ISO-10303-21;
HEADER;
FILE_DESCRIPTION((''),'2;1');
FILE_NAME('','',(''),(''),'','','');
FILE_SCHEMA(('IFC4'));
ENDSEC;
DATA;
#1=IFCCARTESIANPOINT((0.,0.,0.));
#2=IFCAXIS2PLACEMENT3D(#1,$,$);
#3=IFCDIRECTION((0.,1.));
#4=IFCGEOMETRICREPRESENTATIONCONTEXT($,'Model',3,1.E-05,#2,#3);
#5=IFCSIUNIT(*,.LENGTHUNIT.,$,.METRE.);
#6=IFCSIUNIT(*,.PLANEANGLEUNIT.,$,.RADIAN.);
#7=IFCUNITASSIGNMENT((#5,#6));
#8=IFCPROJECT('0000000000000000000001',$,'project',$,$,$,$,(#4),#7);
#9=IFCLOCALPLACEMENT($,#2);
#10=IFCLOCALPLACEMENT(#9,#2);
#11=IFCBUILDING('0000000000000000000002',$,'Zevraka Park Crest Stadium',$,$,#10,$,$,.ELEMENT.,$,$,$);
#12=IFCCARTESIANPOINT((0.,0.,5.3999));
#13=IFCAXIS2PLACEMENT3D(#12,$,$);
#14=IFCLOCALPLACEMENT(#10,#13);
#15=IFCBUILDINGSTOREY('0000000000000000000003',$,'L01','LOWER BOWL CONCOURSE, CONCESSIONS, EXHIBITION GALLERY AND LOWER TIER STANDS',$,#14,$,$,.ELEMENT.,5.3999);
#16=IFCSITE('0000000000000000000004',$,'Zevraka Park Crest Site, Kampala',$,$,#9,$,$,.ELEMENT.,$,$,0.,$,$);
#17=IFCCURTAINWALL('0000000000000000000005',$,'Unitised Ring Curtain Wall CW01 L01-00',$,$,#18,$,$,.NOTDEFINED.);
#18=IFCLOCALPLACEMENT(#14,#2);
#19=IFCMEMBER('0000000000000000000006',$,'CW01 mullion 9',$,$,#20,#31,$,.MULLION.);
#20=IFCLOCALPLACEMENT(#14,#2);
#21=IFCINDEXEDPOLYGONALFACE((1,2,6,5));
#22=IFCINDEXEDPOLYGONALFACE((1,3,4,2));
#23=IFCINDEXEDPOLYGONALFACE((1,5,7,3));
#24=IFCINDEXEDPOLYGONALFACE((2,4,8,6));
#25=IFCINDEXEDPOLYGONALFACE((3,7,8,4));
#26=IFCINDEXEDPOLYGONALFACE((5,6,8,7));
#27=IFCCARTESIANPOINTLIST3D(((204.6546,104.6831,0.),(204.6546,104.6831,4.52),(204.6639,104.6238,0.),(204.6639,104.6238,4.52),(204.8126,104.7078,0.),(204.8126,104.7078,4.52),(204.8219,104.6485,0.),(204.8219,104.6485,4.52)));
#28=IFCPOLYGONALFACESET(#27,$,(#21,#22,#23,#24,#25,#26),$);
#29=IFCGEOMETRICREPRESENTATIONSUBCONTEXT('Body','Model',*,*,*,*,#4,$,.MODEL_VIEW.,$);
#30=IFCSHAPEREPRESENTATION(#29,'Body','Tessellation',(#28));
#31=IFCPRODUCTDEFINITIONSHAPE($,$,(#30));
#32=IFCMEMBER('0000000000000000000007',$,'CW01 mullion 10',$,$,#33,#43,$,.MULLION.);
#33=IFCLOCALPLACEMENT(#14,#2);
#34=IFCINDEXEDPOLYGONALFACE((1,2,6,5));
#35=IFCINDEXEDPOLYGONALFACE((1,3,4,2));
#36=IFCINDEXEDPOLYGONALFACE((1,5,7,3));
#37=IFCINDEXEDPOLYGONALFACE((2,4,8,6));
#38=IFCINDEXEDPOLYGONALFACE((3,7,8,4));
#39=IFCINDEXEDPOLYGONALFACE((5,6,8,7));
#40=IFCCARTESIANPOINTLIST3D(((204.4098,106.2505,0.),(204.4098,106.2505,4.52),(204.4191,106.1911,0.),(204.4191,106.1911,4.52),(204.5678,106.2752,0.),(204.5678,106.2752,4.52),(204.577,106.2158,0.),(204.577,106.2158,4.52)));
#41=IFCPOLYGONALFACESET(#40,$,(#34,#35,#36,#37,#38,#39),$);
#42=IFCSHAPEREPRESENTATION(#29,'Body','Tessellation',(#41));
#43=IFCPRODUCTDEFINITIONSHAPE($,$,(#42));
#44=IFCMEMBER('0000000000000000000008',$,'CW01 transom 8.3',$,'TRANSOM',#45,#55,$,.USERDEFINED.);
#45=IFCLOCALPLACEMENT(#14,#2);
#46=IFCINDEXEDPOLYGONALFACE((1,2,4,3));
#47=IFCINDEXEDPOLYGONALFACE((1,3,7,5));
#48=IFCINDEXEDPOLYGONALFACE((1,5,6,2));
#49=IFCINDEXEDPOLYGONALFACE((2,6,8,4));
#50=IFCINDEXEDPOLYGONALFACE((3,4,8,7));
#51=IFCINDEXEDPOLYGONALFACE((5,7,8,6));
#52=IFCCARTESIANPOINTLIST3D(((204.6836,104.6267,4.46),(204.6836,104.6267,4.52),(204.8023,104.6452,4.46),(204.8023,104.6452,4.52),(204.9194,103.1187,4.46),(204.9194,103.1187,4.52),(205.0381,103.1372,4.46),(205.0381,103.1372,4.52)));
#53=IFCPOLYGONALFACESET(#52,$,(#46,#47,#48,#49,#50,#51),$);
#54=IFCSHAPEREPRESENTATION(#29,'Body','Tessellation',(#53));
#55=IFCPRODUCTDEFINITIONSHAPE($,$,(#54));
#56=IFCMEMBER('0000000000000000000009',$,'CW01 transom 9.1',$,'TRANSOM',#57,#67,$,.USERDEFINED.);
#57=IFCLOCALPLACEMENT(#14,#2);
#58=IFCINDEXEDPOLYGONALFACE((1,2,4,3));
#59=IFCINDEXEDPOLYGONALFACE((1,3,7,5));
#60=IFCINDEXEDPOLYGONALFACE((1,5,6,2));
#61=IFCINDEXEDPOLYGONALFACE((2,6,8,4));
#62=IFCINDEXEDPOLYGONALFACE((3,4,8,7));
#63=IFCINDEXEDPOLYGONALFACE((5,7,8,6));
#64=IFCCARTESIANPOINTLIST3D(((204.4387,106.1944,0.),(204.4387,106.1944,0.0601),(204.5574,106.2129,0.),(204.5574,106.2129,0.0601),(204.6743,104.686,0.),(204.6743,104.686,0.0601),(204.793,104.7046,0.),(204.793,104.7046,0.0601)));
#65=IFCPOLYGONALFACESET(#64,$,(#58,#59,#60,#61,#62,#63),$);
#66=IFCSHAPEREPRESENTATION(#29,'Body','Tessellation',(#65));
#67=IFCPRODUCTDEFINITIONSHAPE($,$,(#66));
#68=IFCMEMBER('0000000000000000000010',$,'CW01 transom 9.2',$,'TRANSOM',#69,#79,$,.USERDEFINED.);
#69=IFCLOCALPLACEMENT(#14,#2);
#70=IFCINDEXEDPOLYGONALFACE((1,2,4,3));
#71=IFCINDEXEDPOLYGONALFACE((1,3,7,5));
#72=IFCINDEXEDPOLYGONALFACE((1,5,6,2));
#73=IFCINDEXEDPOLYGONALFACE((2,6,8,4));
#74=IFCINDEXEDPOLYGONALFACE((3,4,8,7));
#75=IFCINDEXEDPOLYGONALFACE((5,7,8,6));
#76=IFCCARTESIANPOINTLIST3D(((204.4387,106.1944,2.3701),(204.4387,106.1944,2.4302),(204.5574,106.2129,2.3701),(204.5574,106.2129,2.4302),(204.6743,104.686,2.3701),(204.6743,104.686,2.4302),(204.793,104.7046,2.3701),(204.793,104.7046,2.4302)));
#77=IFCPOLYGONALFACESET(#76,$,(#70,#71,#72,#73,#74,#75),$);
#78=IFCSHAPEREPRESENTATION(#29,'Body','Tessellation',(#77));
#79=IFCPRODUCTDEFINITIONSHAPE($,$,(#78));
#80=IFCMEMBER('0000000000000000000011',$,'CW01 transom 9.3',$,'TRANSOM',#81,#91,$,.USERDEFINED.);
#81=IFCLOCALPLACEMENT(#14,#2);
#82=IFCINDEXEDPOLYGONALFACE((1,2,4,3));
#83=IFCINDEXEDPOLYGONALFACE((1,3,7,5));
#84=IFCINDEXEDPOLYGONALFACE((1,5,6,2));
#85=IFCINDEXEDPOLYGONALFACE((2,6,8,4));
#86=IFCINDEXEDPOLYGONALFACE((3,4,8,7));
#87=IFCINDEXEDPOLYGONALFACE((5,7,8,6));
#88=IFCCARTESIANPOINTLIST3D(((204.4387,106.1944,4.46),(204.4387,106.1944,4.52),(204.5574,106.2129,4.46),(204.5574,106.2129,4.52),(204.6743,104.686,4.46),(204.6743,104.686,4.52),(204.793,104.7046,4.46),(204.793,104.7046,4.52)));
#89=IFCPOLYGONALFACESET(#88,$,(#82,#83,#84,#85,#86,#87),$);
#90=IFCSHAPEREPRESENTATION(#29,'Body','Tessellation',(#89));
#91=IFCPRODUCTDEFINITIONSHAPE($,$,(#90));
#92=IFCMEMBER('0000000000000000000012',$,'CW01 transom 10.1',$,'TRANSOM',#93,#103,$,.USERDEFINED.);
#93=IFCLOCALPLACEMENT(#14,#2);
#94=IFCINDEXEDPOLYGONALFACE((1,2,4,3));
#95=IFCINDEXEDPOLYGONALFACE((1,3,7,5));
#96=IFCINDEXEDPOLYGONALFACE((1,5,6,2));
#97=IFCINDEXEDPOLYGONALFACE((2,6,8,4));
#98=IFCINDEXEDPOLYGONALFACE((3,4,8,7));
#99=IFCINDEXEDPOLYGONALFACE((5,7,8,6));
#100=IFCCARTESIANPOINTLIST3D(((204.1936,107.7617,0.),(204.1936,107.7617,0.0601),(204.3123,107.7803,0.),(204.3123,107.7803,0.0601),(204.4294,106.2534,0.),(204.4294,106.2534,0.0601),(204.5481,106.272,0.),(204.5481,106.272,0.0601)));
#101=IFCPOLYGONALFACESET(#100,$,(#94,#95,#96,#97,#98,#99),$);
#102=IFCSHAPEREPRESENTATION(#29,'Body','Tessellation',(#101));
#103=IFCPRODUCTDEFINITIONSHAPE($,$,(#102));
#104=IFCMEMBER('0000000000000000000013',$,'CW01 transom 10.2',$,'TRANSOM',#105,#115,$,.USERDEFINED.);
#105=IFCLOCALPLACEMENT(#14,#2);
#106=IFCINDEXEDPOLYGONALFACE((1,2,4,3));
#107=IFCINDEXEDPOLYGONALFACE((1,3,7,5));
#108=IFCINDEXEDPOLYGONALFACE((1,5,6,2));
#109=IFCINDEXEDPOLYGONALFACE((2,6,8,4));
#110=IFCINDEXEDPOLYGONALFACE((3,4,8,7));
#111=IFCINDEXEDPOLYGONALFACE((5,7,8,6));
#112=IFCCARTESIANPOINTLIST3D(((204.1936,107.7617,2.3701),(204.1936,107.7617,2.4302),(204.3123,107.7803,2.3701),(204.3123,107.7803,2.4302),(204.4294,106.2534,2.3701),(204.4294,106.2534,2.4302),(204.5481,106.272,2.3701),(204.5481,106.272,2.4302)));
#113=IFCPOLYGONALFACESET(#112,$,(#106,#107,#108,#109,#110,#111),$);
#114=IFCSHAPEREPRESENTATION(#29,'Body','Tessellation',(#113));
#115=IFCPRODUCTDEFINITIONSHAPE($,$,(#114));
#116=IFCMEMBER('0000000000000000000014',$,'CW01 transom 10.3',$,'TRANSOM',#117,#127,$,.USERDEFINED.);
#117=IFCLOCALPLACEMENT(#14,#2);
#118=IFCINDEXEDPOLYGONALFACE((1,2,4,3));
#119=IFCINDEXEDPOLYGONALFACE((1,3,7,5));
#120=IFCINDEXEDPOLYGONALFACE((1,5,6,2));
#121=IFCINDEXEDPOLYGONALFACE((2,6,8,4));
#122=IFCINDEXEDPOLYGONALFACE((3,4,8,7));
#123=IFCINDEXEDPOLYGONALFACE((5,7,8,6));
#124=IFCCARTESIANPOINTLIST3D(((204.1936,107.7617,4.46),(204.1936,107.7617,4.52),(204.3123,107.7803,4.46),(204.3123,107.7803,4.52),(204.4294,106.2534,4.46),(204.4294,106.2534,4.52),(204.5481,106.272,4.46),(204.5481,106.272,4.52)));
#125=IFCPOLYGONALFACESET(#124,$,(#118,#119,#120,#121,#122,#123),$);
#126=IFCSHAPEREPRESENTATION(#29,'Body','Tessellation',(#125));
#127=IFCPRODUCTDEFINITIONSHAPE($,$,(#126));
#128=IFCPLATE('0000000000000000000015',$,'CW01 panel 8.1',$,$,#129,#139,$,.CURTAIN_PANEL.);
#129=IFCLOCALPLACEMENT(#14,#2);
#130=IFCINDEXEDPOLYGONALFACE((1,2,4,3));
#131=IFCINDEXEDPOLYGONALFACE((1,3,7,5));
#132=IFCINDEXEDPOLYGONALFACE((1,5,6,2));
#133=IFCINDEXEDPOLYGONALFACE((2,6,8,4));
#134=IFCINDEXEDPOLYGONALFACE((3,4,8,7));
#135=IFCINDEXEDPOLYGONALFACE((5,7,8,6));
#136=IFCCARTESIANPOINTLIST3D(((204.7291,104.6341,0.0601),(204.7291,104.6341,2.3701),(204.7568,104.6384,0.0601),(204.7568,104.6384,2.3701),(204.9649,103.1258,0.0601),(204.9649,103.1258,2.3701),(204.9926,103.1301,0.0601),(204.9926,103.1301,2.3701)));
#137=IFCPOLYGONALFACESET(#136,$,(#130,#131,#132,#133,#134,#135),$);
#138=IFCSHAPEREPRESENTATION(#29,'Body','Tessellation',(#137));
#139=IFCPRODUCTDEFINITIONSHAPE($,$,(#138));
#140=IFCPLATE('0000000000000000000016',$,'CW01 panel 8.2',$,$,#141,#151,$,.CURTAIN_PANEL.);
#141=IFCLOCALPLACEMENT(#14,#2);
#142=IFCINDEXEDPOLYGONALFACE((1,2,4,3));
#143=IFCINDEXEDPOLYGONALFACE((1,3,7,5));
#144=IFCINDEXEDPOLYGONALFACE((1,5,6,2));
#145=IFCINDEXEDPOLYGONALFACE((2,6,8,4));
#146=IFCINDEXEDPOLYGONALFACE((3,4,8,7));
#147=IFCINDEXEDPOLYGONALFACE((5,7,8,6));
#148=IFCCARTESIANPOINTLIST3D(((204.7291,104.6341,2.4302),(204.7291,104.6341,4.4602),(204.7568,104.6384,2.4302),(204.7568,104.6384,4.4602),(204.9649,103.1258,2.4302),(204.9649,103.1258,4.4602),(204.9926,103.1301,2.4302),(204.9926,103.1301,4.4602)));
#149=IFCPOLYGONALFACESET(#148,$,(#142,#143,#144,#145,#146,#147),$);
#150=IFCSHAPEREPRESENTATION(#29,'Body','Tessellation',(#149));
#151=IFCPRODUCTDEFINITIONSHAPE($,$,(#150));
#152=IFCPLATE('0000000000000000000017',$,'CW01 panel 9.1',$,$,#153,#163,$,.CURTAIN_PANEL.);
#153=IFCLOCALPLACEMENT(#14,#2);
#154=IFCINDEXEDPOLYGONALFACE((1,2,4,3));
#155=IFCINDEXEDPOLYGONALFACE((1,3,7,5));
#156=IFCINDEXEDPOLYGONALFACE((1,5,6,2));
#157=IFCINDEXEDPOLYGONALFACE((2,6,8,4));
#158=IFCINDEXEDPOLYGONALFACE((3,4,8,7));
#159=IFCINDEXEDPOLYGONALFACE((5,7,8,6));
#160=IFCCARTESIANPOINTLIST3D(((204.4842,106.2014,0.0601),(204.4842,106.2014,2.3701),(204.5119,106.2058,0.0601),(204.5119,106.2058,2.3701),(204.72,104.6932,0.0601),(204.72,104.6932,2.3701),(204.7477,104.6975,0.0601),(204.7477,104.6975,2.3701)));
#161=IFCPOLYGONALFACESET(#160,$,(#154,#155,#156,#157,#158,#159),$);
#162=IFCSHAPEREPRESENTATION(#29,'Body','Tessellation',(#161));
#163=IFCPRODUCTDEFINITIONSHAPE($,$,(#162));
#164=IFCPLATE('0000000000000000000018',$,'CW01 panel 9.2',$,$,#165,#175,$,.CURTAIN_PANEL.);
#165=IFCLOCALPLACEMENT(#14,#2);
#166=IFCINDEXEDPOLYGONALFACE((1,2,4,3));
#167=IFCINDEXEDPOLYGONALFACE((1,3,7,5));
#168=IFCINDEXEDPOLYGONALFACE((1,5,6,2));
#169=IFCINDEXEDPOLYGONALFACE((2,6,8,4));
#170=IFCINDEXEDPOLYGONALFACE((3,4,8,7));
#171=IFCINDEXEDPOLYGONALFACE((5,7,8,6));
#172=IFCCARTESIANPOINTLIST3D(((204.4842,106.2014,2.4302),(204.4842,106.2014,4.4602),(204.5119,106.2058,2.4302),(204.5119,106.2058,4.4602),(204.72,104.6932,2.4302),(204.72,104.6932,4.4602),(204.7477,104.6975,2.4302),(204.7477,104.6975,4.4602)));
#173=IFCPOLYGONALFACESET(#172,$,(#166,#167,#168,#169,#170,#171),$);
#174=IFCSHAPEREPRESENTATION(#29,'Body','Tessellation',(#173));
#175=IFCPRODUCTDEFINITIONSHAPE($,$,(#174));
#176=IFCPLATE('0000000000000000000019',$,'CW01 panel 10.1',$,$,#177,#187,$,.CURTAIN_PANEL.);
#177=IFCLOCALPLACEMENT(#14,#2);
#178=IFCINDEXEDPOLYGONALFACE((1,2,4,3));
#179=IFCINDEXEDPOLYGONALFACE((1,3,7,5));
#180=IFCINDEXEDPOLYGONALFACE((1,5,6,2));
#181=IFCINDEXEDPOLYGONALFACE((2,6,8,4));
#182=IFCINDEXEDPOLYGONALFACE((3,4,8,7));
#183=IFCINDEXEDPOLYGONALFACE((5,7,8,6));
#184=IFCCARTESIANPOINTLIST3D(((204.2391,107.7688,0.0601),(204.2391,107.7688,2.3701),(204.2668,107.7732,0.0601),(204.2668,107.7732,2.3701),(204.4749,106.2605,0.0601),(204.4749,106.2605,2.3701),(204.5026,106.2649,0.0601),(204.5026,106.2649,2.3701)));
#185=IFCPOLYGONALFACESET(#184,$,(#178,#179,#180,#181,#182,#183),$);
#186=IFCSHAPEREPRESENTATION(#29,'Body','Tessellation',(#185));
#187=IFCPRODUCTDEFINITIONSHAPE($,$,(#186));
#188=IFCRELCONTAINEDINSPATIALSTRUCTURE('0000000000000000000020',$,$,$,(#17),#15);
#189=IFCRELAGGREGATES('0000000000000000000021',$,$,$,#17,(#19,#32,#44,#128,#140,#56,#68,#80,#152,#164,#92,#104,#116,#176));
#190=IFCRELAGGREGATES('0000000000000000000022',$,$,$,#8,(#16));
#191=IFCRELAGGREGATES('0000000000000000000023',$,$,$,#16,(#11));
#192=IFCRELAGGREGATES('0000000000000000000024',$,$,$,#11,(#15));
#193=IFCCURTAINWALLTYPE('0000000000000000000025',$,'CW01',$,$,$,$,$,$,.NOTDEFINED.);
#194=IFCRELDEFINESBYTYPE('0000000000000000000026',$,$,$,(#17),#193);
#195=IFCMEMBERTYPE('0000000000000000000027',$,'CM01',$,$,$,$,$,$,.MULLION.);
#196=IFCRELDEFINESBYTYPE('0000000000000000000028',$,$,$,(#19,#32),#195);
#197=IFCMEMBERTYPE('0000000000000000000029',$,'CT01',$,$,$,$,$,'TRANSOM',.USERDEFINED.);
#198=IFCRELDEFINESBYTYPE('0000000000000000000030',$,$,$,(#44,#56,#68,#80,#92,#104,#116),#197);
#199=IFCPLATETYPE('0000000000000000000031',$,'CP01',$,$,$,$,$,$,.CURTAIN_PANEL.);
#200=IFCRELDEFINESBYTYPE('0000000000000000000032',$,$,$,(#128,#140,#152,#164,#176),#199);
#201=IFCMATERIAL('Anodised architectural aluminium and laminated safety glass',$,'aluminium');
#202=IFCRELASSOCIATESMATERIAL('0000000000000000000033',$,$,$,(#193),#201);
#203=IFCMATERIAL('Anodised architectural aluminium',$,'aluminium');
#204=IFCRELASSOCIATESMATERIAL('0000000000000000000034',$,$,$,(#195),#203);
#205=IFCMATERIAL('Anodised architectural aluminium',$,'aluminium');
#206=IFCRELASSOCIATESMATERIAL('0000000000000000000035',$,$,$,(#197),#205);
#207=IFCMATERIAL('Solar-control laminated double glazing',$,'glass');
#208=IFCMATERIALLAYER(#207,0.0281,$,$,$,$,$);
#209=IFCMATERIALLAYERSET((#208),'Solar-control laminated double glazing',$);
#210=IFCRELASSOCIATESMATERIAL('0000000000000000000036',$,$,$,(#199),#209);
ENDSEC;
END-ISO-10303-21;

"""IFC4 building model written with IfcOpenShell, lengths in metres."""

from ifc_helpers import new_model, si_unit, direction, frame, origin, origin_2d, place, context, subcontext, project, spatial, rectangle, extrude, material, layer, layer_set, material_profile, profile_set, type_object, element, aggregate, save


model = new_model("IFC4")

# Units and contexts
model_context = context("Model", 3, precision=1e-05, world=origin(), true_north=direction((0.0, 1.0)))
body_context = subcontext(model_context, "Body", "Model", "MODEL_VIEW")
ifc_project = project(units=[si_unit("LENGTHUNIT", "METRE"), si_unit("PLANEANGLEUNIT", "RADIAN")], contexts=[model_context])

# Site, building, storey
site_placement = place(None, origin())
site = spatial("IfcSite", under=ifc_project, at=site_placement, Name="Zevraka Park Crest Site, Kampala", CompositionType="ELEMENT", RefElevation=0.0)
building_placement = place(site_placement, origin())
building = spatial("IfcBuilding", under=site, at=building_placement, Name="Zevraka Park Crest Stadium", CompositionType="ELEMENT")
storey_placement = place(building_placement, frame((0.0, 0.0, 5.3999)))
storey = spatial("IfcBuildingStorey", under=building, at=storey_placement, Name="L01", Description="LOWER BOWL CONCOURSE, CONCESSIONS, EXHIBITION GALLERY AND LOWER TIER STANDS", CompositionType="ELEMENT", Elevation=5.3999)

# Curtain wall, members, plates
ifc_material_1 = material(Name="Anodised architectural aluminium and laminated safety glass", Category="aluminium")
curtain_wall_type = type_object("IfcCurtainWallType", Name="CW01", PredefinedType="NOTDEFINED", material=ifc_material_1)
curtain_wall_placement = place(storey_placement, origin())
curtain_wall = element("IfcCurtainWall", 1, at=curtain_wall_placement, inside=storey, type_object=curtain_wall_type, Name="Unitised Ring Curtain Wall CW01 L01-00", PredefinedType="NOTDEFINED")
ifc_material_2 = material(Name="Anodised architectural aluminium", Category="aluminium")
ifc_material_profile_1 = material_profile(ifc_material_2, rectangle(XDim=0.1599, YDim=0.0601, at=origin_2d()), Name="ALU MULLION 160x60")
ifc_profile_set_1 = profile_set([ifc_material_profile_1], Name="Anodised architectural aluminium")
member_type_1 = type_object("IfcMemberType", Name="CM01", PredefinedType="MULLION", material=ifc_profile_set_1)
member_1_placement = place(storey_placement, frame((204.7383, 104.6658, 0.0), z_axis=(0.0, 0.0, 1.0), x_axis=(-0.987997, -0.154476, 0.0)))
member_1 = element("IfcMember", 2, at=member_1_placement, type_object=member_type_1, Name="CW01 mullion 9", PredefinedType="MULLION", context=body_context, shape_type="SweptSolid", body=[
    extrude(rectangle(XDim=0.1599, YDim=0.0601, at=origin_2d()), origin(), (0.0, 0.0, 1.0), 4.52),
])
member_2_placement = place(storey_placement, frame((204.4934, 106.2332, 0.0), z_axis=(0.0, 0.0, 1.0), x_axis=(-0.987997, -0.154476, 0.0)))
member_2 = element("IfcMember", 3, at=member_2_placement, type_object=member_type_1, Name="CW01 mullion 10", PredefinedType="MULLION", context=body_context, shape_type="SweptSolid", body=[
    extrude(rectangle(XDim=0.1599, YDim=0.0601, at=origin_2d()), origin(), (0.0, 0.0, 1.0), 4.52),
])
ifc_material_3 = material(Name="Anodised architectural aluminium", Category="aluminium")
ifc_material_profile_2 = material_profile(ifc_material_3, rectangle(XDim=0.1201, YDim=0.0601, at=origin_2d()), Name="ALU TRANSOM 120x60")
ifc_profile_set_2 = profile_set([ifc_material_profile_2], Name="Anodised architectural aluminium")
member_type_2 = type_object("IfcMemberType", Name="CT01", ElementType="TRANSOM", PredefinedType="USERDEFINED", material=ifc_profile_set_2)
member_3_placement = place(storey_placement, frame((204.9788, 103.1279, 4.49), z_axis=(-0.154509, 0.987991, 0.0), x_axis=(-0.987991, -0.154509, 0.0)))
member_3 = element("IfcMember", 4, at=member_3_placement, type_object=member_type_2, Name="CW01 transom 8.3", ObjectType="TRANSOM", PredefinedType="USERDEFINED", context=body_context, shape_type="SweptSolid", body=[
    extrude(rectangle(XDim=0.1201, YDim=0.0601, at=origin_2d()), origin(), (0.0, 0.0, 1.0), 1.5264),
])
member_4_placement = place(storey_placement, frame((204.7336, 104.6953, 0.03), z_axis=(-0.154328, 0.98802, 0.0), x_axis=(-0.98802, -0.154328, 0.0)))
member_4 = element("IfcMember", 5, at=member_4_placement, type_object=member_type_2, Name="CW01 transom 9.1", ObjectType="TRANSOM", PredefinedType="USERDEFINED", context=body_context, shape_type="SweptSolid", body=[
    extrude(rectangle(XDim=0.1201, YDim=0.0601, at=origin_2d()), origin(), (0.0, 0.0, 1.0), 1.5266),
])
member_5_placement = place(storey_placement, frame((204.7336, 104.6953, 2.4001), z_axis=(-0.154328, 0.98802, 0.0), x_axis=(-0.98802, -0.154328, 0.0)))
member_5 = element("IfcMember", 6, at=member_5_placement, type_object=member_type_2, Name="CW01 transom 9.2", ObjectType="TRANSOM", PredefinedType="USERDEFINED", context=body_context, shape_type="SweptSolid", body=[
    extrude(rectangle(XDim=0.1201, YDim=0.0601, at=origin_2d()), origin(), (0.0, 0.0, 1.0), 1.5266),
])
member_6_placement = place(storey_placement, frame((204.7336, 104.6953, 4.49), z_axis=(-0.154328, 0.98802, 0.0), x_axis=(-0.98802, -0.154328, 0.0)))
member_6 = element("IfcMember", 7, at=member_6_placement, type_object=member_type_2, Name="CW01 transom 9.3", ObjectType="TRANSOM", PredefinedType="USERDEFINED", context=body_context, shape_type="SweptSolid", body=[
    extrude(rectangle(XDim=0.1201, YDim=0.0601, at=origin_2d()), origin(), (0.0, 0.0, 1.0), 1.5266),
])
member_7_placement = place(storey_placement, frame((204.4888, 106.2627, 0.03), z_axis=(-0.154484, 0.987995, 0.0), x_axis=(-0.987995, -0.154484, 0.0)))
member_7 = element("IfcMember", 8, at=member_7_placement, type_object=member_type_2, Name="CW01 transom 10.1", ObjectType="TRANSOM", PredefinedType="USERDEFINED", context=body_context, shape_type="SweptSolid", body=[
    extrude(rectangle(XDim=0.1201, YDim=0.0601, at=origin_2d()), origin(), (0.0, 0.0, 1.0), 1.5266),
])
member_8_placement = place(storey_placement, frame((204.4888, 106.2627, 2.4001), z_axis=(-0.154484, 0.987995, 0.0), x_axis=(-0.987995, -0.154484, 0.0)))
member_8 = element("IfcMember", 9, at=member_8_placement, type_object=member_type_2, Name="CW01 transom 10.2", ObjectType="TRANSOM", PredefinedType="USERDEFINED", context=body_context, shape_type="SweptSolid", body=[
    extrude(rectangle(XDim=0.1201, YDim=0.0601, at=origin_2d()), origin(), (0.0, 0.0, 1.0), 1.5266),
])
member_9_placement = place(storey_placement, frame((204.4888, 106.2627, 4.49), z_axis=(-0.154484, 0.987995, 0.0), x_axis=(-0.987995, -0.154484, 0.0)))
member_9 = element("IfcMember", 10, at=member_9_placement, type_object=member_type_2, Name="CW01 transom 10.3", ObjectType="TRANSOM", PredefinedType="USERDEFINED", context=body_context, shape_type="SweptSolid", body=[
    extrude(rectangle(XDim=0.1201, YDim=0.0601, at=origin_2d()), origin(), (0.0, 0.0, 1.0), 1.5266),
])
ifc_material_4 = material(Name="Solar-control laminated double glazing", Category="glass")
ifc_layer_1 = layer(ifc_material_4, 0.0281)
ifc_layer_set_1 = layer_set([ifc_layer_1], Name="Solar-control laminated double glazing")
plate_type = type_object("IfcPlateType", Name="CP01", PredefinedType="CURTAIN_PANEL", material=ifc_layer_set_1)
plate_1_placement = place(storey_placement, frame((204.8608, 103.8821, 0.0601), z_axis=(0.0, 0.0, 1.0), x_axis=(-0.154476, 0.987997, 0.0)))
plate_1 = element("IfcPlate", 11, at=plate_1_placement, type_object=plate_type, Name="CW01 panel 8.1", PredefinedType="CURTAIN_PANEL", context=body_context, shape_type="SweptSolid", body=[
    extrude(rectangle(XDim=1.5266, YDim=0.0281, at=origin_2d()), origin(), (0.0, 0.0, 1.0), 2.3101),
])
plate_2_placement = place(storey_placement, frame((204.8608, 103.8821, 2.4302), z_axis=(0.0, 0.0, 1.0), x_axis=(-0.154476, 0.987997, 0.0)))
plate_2 = element("IfcPlate", 12, at=plate_2_placement, type_object=plate_type, Name="CW01 panel 8.2", PredefinedType="CURTAIN_PANEL", context=body_context, shape_type="SweptSolid", body=[
    extrude(rectangle(XDim=1.5266, YDim=0.0281, at=origin_2d()), origin(), (0.0, 0.0, 1.0), 2.03),
])
plate_3_placement = place(storey_placement, frame((204.616, 105.4495, 0.0601), z_axis=(0.0, 0.0, 1.0), x_axis=(-0.154476, 0.987997, 0.0)))
plate_3 = element("IfcPlate", 13, at=plate_3_placement, type_object=plate_type, Name="CW01 panel 9.1", PredefinedType="CURTAIN_PANEL", context=body_context, shape_type="SweptSolid", body=[
    extrude(rectangle(XDim=1.5266, YDim=0.0281, at=origin_2d()), origin(), (0.0, 0.0, 1.0), 2.3101),
])
plate_4_placement = place(storey_placement, frame((204.616, 105.4495, 2.4302), z_axis=(0.0, 0.0, 1.0), x_axis=(-0.154476, 0.987997, 0.0)))
plate_4 = element("IfcPlate", 14, at=plate_4_placement, type_object=plate_type, Name="CW01 panel 9.2", PredefinedType="CURTAIN_PANEL", context=body_context, shape_type="SweptSolid", body=[
    extrude(rectangle(XDim=1.5266, YDim=0.0281, at=origin_2d()), origin(), (0.0, 0.0, 1.0), 2.03),
])
plate_5_placement = place(storey_placement, frame((204.3708, 107.0168, 0.0601), z_axis=(0.0, 0.0, 1.0), x_axis=(-0.154476, 0.987997, 0.0)))
plate_5 = element("IfcPlate", 15, at=plate_5_placement, type_object=plate_type, Name="CW01 panel 10.1", PredefinedType="CURTAIN_PANEL", context=body_context, shape_type="SweptSolid", body=[
    extrude(rectangle(XDim=1.5266, YDim=0.0281, at=origin_2d()), origin(), (0.0, 0.0, 1.0), 2.3101),
])
aggregate(curtain_wall, [member_1, member_2, member_3, plate_1, plate_2, member_4, member_5, member_6, plate_3, plate_4, member_7, member_8, member_9, plate_5])

save(model, "model.ifc")
